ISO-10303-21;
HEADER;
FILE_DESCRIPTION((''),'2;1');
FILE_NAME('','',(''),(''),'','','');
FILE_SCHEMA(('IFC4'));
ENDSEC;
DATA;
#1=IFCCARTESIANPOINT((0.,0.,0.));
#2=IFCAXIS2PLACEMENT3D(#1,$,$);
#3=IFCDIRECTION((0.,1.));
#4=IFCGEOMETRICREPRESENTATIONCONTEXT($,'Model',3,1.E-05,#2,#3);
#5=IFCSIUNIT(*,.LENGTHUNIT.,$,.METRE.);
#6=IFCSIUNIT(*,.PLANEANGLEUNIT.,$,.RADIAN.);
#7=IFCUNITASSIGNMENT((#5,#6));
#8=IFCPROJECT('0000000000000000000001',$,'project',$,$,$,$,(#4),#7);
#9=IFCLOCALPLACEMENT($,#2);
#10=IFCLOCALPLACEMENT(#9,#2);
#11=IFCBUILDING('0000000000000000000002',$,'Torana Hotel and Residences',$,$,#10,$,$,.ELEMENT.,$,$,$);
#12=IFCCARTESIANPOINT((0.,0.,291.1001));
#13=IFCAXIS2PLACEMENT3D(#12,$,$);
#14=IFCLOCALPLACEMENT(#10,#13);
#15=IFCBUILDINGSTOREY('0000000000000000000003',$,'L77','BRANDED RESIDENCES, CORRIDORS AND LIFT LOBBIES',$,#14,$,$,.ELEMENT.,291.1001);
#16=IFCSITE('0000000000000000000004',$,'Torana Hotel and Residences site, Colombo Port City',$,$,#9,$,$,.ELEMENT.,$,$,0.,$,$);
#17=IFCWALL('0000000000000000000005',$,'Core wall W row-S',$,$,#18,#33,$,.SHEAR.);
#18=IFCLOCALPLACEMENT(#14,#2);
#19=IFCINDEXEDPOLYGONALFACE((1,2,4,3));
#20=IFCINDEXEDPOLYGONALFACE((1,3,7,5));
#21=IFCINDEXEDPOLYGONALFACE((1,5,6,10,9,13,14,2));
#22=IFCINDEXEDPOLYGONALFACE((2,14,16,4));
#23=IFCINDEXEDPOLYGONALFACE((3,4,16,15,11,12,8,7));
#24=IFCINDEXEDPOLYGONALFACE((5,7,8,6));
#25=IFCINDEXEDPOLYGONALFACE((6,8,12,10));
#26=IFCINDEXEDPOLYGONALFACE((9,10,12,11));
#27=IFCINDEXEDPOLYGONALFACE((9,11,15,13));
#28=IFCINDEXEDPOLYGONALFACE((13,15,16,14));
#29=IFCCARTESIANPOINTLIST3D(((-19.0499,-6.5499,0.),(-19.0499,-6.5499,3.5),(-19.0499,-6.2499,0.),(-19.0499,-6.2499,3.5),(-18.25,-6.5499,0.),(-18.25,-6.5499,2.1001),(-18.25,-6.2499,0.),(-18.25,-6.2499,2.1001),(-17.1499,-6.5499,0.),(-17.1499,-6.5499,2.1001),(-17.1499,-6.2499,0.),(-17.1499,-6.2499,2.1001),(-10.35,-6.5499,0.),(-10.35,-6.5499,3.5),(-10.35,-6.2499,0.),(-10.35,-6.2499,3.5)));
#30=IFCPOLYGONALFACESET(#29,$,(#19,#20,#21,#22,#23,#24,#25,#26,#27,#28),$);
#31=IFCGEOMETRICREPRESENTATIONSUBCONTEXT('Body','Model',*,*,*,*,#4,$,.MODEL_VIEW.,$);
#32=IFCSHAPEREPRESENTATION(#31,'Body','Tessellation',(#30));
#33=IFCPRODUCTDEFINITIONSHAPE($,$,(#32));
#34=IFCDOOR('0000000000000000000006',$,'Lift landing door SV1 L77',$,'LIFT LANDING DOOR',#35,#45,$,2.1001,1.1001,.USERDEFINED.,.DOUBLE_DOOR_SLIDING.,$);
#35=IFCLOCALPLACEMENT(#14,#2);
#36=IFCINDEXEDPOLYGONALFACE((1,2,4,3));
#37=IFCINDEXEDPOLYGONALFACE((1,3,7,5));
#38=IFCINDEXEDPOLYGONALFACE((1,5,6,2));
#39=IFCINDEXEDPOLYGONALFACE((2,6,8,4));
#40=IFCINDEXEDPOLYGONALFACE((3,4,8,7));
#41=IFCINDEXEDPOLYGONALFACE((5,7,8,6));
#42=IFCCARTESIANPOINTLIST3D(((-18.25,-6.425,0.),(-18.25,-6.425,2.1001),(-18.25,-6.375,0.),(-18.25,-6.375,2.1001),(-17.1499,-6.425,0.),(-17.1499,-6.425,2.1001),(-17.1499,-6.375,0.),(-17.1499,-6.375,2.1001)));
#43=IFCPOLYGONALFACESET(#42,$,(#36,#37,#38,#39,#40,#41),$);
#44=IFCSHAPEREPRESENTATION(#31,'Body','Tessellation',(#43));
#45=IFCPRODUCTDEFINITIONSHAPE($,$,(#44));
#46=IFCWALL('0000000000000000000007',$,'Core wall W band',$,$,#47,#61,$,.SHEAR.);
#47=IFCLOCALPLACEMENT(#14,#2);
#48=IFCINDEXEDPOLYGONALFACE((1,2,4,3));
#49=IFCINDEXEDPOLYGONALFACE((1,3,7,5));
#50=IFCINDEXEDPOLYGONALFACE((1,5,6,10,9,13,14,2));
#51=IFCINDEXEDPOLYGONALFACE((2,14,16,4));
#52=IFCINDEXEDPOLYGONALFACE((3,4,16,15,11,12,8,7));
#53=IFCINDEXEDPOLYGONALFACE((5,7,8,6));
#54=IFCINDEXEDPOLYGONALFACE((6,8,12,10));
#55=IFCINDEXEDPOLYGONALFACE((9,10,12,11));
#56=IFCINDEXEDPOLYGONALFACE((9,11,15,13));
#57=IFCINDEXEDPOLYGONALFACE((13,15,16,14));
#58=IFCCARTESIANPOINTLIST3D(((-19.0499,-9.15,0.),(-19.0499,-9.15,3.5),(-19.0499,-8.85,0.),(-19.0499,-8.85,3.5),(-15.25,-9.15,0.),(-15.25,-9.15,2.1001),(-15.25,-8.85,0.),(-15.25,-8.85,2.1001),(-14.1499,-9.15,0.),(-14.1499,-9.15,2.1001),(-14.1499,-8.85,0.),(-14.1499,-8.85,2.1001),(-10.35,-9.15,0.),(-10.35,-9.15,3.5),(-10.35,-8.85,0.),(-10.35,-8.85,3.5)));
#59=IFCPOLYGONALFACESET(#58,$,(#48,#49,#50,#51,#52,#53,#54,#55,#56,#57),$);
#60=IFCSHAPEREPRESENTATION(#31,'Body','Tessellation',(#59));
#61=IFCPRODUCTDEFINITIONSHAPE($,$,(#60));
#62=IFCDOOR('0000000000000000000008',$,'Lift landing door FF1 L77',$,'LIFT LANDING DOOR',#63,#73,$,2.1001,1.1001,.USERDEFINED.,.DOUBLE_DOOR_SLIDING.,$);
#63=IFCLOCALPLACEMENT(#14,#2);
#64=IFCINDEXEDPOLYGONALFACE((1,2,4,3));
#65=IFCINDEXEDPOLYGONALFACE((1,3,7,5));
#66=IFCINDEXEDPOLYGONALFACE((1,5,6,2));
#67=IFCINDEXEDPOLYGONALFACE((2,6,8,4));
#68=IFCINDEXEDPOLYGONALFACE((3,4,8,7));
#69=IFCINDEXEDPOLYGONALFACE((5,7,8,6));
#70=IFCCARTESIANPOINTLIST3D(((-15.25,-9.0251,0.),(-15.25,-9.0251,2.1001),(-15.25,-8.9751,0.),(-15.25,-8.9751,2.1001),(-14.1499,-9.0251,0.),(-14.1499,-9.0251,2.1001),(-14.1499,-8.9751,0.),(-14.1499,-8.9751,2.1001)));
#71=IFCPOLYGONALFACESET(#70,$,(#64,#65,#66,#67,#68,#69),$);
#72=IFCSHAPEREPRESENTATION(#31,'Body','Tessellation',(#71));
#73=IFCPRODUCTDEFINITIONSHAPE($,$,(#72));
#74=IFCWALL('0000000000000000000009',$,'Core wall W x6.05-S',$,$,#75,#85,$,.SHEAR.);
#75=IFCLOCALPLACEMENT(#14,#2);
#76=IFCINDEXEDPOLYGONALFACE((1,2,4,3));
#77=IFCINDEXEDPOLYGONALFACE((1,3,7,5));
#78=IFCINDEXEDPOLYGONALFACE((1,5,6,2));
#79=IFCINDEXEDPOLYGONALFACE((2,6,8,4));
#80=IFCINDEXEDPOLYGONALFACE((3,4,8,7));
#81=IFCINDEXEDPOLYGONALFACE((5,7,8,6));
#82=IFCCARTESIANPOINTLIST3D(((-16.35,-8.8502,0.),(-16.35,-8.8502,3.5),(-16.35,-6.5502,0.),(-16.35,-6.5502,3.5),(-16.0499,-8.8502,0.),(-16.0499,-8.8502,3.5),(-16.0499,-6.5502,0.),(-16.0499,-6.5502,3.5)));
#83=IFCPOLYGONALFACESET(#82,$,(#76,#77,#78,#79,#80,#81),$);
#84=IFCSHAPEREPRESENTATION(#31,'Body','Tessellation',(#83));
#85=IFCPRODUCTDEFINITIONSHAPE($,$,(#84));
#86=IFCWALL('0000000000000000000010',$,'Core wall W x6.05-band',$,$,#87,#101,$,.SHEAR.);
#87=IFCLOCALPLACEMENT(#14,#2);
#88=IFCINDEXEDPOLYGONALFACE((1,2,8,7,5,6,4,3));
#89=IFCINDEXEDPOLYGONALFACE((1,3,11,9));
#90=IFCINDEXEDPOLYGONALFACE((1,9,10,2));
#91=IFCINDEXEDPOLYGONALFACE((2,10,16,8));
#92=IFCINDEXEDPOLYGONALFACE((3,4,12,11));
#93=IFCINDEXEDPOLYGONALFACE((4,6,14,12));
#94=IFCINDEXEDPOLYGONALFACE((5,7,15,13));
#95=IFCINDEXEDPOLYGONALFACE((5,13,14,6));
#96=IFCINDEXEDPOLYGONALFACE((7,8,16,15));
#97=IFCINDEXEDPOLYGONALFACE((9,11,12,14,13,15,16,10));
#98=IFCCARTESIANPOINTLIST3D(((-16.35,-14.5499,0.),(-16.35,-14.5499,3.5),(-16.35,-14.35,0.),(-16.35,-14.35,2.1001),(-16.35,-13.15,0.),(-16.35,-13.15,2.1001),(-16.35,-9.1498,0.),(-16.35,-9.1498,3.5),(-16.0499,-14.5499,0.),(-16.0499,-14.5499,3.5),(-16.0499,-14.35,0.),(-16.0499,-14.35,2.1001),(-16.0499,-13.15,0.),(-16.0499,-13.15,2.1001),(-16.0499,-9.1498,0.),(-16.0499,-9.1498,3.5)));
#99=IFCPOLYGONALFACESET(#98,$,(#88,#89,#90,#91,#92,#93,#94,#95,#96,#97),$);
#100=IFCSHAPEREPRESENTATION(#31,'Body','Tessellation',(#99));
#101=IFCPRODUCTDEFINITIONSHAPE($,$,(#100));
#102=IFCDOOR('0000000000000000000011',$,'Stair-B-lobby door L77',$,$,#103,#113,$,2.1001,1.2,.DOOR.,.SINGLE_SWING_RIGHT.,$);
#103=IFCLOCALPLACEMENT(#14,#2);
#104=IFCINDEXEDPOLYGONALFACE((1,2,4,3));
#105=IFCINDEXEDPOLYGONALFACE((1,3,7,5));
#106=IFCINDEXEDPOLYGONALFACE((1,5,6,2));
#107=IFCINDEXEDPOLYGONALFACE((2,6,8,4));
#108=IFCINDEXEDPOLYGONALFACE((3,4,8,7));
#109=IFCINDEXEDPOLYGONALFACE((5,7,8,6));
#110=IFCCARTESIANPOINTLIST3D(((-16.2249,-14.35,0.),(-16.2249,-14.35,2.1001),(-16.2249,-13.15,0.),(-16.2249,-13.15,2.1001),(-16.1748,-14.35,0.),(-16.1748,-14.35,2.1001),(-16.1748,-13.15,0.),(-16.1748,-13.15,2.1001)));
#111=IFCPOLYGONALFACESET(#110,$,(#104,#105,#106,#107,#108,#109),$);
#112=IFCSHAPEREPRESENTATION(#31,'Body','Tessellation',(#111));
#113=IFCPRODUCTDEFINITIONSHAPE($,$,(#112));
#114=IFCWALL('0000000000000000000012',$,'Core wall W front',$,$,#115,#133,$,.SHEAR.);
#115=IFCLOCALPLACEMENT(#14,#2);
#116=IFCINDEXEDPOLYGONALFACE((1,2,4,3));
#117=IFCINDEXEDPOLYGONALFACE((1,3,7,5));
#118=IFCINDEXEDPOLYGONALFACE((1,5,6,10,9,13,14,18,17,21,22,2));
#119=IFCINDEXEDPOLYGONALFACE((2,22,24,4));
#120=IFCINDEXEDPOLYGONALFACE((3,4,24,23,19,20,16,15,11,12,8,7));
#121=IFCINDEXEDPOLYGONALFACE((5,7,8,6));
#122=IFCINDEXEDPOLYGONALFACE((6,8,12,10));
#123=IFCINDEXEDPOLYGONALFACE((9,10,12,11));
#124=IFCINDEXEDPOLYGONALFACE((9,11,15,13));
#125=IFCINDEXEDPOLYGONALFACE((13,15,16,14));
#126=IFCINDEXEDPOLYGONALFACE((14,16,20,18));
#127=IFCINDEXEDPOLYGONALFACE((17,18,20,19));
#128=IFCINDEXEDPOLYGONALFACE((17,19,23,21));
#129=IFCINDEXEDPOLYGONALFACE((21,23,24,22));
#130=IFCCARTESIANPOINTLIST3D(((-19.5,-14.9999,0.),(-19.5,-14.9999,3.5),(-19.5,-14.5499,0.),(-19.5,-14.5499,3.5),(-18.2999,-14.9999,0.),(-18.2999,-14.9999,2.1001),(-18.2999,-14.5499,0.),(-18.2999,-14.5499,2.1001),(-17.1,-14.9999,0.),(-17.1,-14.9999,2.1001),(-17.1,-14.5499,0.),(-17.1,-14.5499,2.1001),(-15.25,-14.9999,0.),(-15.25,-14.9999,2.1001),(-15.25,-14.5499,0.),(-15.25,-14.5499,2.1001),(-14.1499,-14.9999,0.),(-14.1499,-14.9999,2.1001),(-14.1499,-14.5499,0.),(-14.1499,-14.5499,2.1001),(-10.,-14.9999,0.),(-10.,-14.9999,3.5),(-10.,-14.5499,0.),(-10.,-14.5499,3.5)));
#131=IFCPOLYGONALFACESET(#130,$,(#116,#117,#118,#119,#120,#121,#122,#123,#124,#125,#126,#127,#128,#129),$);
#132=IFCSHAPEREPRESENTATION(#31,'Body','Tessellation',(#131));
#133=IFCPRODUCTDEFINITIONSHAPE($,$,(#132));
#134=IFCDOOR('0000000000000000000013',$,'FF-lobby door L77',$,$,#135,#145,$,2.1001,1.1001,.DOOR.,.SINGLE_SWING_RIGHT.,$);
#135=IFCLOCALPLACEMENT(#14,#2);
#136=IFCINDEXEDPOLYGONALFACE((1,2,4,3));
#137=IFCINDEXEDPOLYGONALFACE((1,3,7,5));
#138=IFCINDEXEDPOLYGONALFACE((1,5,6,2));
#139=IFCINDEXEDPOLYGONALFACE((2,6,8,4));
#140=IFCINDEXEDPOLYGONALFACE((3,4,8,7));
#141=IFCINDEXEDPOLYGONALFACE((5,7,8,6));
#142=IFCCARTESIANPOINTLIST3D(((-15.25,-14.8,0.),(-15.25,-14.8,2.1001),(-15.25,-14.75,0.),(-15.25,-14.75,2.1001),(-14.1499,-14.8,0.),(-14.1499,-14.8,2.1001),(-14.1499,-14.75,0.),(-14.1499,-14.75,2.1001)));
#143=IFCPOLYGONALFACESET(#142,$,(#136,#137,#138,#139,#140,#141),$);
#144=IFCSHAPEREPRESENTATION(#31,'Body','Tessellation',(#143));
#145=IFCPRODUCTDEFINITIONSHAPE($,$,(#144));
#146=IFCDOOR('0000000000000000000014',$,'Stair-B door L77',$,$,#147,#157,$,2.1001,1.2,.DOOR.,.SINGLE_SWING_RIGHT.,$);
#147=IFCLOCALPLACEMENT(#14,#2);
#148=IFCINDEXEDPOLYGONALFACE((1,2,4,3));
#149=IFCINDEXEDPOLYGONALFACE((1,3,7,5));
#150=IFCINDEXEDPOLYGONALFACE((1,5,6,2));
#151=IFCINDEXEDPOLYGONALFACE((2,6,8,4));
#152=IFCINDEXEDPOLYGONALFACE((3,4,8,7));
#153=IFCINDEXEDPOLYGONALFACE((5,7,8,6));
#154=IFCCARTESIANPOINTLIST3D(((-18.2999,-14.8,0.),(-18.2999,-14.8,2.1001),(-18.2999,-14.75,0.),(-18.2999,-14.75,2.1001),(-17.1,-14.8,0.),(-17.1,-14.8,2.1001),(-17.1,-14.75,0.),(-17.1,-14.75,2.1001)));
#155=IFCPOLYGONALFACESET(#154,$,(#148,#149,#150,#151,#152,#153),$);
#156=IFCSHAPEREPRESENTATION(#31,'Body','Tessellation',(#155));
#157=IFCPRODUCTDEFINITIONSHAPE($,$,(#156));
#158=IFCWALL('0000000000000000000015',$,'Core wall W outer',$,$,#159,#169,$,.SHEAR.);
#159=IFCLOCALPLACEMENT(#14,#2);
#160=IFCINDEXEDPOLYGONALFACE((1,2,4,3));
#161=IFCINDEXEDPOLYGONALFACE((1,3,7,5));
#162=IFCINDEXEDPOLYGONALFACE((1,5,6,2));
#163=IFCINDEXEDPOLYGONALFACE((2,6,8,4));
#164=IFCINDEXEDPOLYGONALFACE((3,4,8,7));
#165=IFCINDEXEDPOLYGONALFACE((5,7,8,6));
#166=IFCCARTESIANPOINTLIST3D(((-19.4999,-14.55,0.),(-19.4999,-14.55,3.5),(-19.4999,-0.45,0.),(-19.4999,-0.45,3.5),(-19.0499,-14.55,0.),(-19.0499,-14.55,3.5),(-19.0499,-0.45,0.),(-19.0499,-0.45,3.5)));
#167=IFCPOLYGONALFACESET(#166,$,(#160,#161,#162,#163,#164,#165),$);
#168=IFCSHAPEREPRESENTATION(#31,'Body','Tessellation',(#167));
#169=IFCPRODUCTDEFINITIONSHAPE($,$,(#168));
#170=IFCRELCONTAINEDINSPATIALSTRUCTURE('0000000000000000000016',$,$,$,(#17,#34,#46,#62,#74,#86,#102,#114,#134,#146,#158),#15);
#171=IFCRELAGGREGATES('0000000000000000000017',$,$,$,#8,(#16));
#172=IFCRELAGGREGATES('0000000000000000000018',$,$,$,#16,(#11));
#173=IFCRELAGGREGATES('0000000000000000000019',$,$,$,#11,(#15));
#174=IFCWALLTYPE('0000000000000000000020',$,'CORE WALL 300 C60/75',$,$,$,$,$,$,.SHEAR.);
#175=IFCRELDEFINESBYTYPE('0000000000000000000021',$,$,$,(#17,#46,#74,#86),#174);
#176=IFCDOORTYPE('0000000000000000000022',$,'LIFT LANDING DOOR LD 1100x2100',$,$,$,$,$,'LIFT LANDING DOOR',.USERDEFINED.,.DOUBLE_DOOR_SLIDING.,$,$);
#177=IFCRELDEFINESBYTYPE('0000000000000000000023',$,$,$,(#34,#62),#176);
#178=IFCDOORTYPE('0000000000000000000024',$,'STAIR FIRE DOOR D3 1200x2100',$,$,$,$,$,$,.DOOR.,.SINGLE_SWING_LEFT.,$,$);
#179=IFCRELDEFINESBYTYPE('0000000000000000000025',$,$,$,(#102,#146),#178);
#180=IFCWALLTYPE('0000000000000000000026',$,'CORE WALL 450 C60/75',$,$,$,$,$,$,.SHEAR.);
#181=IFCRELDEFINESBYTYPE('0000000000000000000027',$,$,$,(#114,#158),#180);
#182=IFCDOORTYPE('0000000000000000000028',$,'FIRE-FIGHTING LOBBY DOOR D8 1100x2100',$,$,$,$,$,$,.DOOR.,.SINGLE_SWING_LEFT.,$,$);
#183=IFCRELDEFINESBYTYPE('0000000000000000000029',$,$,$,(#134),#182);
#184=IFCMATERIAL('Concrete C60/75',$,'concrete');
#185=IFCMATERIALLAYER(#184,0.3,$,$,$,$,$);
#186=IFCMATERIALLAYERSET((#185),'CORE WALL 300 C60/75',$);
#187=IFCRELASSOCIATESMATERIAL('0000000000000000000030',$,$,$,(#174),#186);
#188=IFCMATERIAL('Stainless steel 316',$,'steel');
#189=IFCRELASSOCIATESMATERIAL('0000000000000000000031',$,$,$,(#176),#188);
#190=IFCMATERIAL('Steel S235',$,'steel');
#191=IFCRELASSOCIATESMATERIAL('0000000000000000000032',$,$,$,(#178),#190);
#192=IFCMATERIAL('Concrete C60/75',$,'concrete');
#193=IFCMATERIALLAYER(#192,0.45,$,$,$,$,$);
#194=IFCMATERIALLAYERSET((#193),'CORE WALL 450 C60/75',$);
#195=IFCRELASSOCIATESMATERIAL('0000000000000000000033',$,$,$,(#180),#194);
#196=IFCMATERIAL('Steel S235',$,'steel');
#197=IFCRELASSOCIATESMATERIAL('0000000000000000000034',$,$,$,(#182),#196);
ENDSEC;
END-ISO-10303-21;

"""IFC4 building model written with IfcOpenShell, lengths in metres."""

from ifc_helpers import new_model, si_unit, direction, frame, frame_2d, origin, place, context, subcontext, project, spatial, rectangle, extrude, material, layer, layer_set, type_object, element, fill, save


model = new_model("IFC4")

# Units and contexts
model_context = context("Model", 3, precision=1e-05, world=origin(), true_north=direction((0.0, 1.0)))
body_context = subcontext(model_context, "Body", "Model", "MODEL_VIEW")
ifc_project = project(units=[si_unit("LENGTHUNIT", "METRE"), si_unit("PLANEANGLEUNIT", "RADIAN")], contexts=[model_context])

# Site, building, storey
site_placement = place(None, origin())
site = spatial("IfcSite", under=ifc_project, at=site_placement, Name="Torana Hotel and Residences site, Colombo Port City", CompositionType="ELEMENT", RefElevation=0.0)
building_placement = place(site_placement, origin())
building = spatial("IfcBuilding", under=site, at=building_placement, Name="Torana Hotel and Residences", CompositionType="ELEMENT")
storey_placement = place(building_placement, frame((0.0, 0.0, 291.1001)))
storey = spatial("IfcBuildingStorey", under=building, at=storey_placement, Name="L77", Description="BRANDED RESIDENCES, CORRIDORS AND LIFT LOBBIES", CompositionType="ELEMENT", Elevation=291.1001)

# Walls, openings, doors
ifc_material_1 = material(Name="Concrete C60/75", Category="concrete")
ifc_layer_1 = layer(ifc_material_1, 0.3)
ifc_layer_set_1 = layer_set([ifc_layer_1], Name="CORE WALL 300 C60/75")
wall_type_1 = type_object("IfcWallType", Name="CORE WALL 300 C60/75", PredefinedType="SHEAR", material=ifc_layer_set_1)
wall_1_placement = place(storey_placement, frame((-19.05, -6.3999, 0.0), z_axis=(0.0, 0.0, 1.0), x_axis=(1.0, 0.0, 0.0)))
wall_1 = element("IfcWall", 1, at=wall_1_placement, inside=storey, type_object=wall_type_1, Name="Core wall W row-S", PredefinedType="SHEAR", context=body_context, shape_type="SweptSolid", body=[
    extrude(rectangle(XDim=8.7, YDim=0.3, at=frame_2d((4.3501, 0.0))), origin(), (0.0, 0.0, 1.0), 3.5),
])
opening_1_placement = place(wall_1_placement, frame((0.8, 0.0, 0.0)))
opening_1 = element("IfcOpeningElement", 2, at=opening_1_placement, cuts=wall_1, PredefinedType="OPENING", context=body_context, shape_type="SweptSolid", body=[
    extrude(rectangle(XDim=1.1001, YDim=2.1001, at=frame_2d((0.55, 1.05))), frame((0.0, 0.1599, 0.0), z_axis=(0.0, -1.0, 0.0), x_axis=(1.0, 0.0, 0.0)), (0.0, 0.0, 1.0), 0.3201),
])
ifc_material_2 = material(Name="Stainless steel 316", Category="steel")
door_type_1 = type_object("IfcDoorType", Name="LIFT LANDING DOOR LD 1100x2100", ElementType="LIFT LANDING DOOR", OperationType="DOUBLE_DOOR_SLIDING", PredefinedType="USERDEFINED", material=ifc_material_2)
door_1_placement = place(opening_1_placement, origin())
door_1 = element("IfcDoor", 3, at=door_1_placement, inside=storey, type_object=door_type_1, Name="Lift landing door SV1 L77", ObjectType="LIFT LANDING DOOR", OperationType="DOUBLE_DOOR_SLIDING", OverallHeight=2.1001, OverallWidth=1.1001, PredefinedType="USERDEFINED", context=body_context, shape_type="SweptSolid", body=[
    extrude(rectangle(XDim=1.1001, YDim=2.1001, at=frame_2d((0.55, 1.05))), frame((0.0, 0.0249, 0.0), z_axis=(0.0, -1.0, 0.0), x_axis=(1.0, 0.0, 0.0)), (0.0, 0.0, 1.0), 0.05),
])
fill(opening_1, door_1)
wall_2_placement = place(storey_placement, frame((-19.05, -9.0, 0.0), z_axis=(0.0, 0.0, 1.0), x_axis=(1.0, 0.0, 0.0)))
wall_2 = element("IfcWall", 4, at=wall_2_placement, inside=storey, type_object=wall_type_1, Name="Core wall W band", PredefinedType="SHEAR", context=body_context, shape_type="SweptSolid", body=[
    extrude(rectangle(XDim=8.7, YDim=0.3, at=frame_2d((4.3501, 0.0))), origin(), (0.0, 0.0, 1.0), 3.5),
])
opening_2_placement = place(wall_2_placement, frame((3.8, 0.0, 0.0)))
opening_2 = element("IfcOpeningElement", 5, at=opening_2_placement, cuts=wall_2, PredefinedType="OPENING", context=body_context, shape_type="SweptSolid", body=[
    extrude(rectangle(XDim=1.1001, YDim=2.1001, at=frame_2d((0.55, 1.05))), frame((0.0, 0.1599, 0.0), z_axis=(0.0, -1.0, 0.0), x_axis=(1.0, 0.0, 0.0)), (0.0, 0.0, 1.0), 0.3201),
])
door_2_placement = place(opening_2_placement, origin())
door_2 = element("IfcDoor", 6, at=door_2_placement, inside=storey, type_object=door_type_1, Name="Lift landing door FF1 L77", ObjectType="LIFT LANDING DOOR", OperationType="DOUBLE_DOOR_SLIDING", OverallHeight=2.1001, OverallWidth=1.1001, PredefinedType="USERDEFINED", context=body_context, shape_type="SweptSolid", body=[
    extrude(rectangle(XDim=1.1001, YDim=2.1001, at=frame_2d((0.55, 1.05))), frame((0.0, 0.0249, 0.0), z_axis=(0.0, -1.0, 0.0), x_axis=(1.0, 0.0, 0.0)), (0.0, 0.0, 1.0), 0.05),
])
fill(opening_2, door_2)

# Wall
wall_3_placement = place(storey_placement, frame((-16.2, -8.8501, 0.0), z_axis=(0.0, 0.0, 1.0), x_axis=(0.0, 1.0, 0.0)))
element("IfcWall", 7, at=wall_3_placement, inside=storey, type_object=wall_type_1, Name="Core wall W x6.05-S", PredefinedType="SHEAR", context=body_context, shape_type="SweptSolid", body=[
    extrude(rectangle(XDim=2.3, YDim=0.3, at=frame_2d((1.1499, 0.0))), origin(), (0.0, 0.0, 1.0), 3.5),
])

# Wall, opening, door
wall_4_placement = place(storey_placement, frame((-16.2, -14.55, 0.0), z_axis=(0.0, 0.0, 1.0), x_axis=(0.0, 1.0, 0.0)))
wall_4 = element("IfcWall", 8, at=wall_4_placement, inside=storey, type_object=wall_type_1, Name="Core wall W x6.05-band", PredefinedType="SHEAR", context=body_context, shape_type="SweptSolid", body=[
    extrude(rectangle(XDim=5.4001, YDim=0.3, at=frame_2d((2.7002, 0.0))), origin(), (0.0, 0.0, 1.0), 3.5),
])
opening_3_placement = place(wall_4_placement, frame((0.2, 0.0, 0.0)))
opening_3 = element("IfcOpeningElement", 9, at=opening_3_placement, cuts=wall_4, PredefinedType="OPENING", context=body_context, shape_type="SweptSolid", body=[
    extrude(rectangle(XDim=1.2, YDim=2.1001, at=frame_2d((0.6001, 1.05))), frame((0.0, 0.1599, 0.0), z_axis=(0.0, -1.0, 0.0), x_axis=(1.0, 0.0, 0.0)), (0.0, 0.0, 1.0), 0.3201),
])
ifc_material_3 = material(Name="Steel S235", Category="steel")
door_type_2 = type_object("IfcDoorType", Name="STAIR FIRE DOOR D3 1200x2100", OperationType="SINGLE_SWING_LEFT", PredefinedType="DOOR", material=ifc_material_3)
door_3_placement = place(opening_3_placement, origin())
door_3 = element("IfcDoor", 10, at=door_3_placement, inside=storey, type_object=door_type_2, Name="Stair-B-lobby door L77", OperationType="SINGLE_SWING_RIGHT", OverallHeight=2.1001, OverallWidth=1.2, PredefinedType="DOOR", context=body_context, shape_type="SweptSolid", body=[
    extrude(rectangle(XDim=1.2, YDim=2.1001, at=frame_2d((0.6001, 1.05))), frame((0.0, 0.0249, 0.0), z_axis=(0.0, -1.0, 0.0), x_axis=(1.0, 0.0, 0.0)), (0.0, 0.0, 1.0), 0.05),
])
fill(opening_3, door_3)

# Wall, openings, doors
ifc_material_4 = material(Name="Concrete C60/75", Category="concrete")
ifc_layer_2 = layer(ifc_material_4, 0.45)
ifc_layer_set_2 = layer_set([ifc_layer_2], Name="CORE WALL 450 C60/75")
wall_type_2 = type_object("IfcWallType", Name="CORE WALL 450 C60/75", PredefinedType="SHEAR", material=ifc_layer_set_2)
wall_5_placement = place(storey_placement, frame((-19.5, -14.7749, 0.0), z_axis=(0.0, 0.0, 1.0), x_axis=(1.0, 0.0, 0.0)))
wall_5 = element("IfcWall", 11, at=wall_5_placement, inside=storey, type_object=wall_type_2, Name="Core wall W front", PredefinedType="SHEAR", context=body_context, shape_type="SweptSolid", body=[
    extrude(rectangle(XDim=9.5, YDim=0.45, at=frame_2d((4.75, 0.0))), origin(), (0.0, 0.0, 1.0), 3.5),
])
opening_4_placement = place(wall_5_placement, frame((1.2, 0.0, 0.0)))
opening_4 = element("IfcOpeningElement", 12, at=opening_4_placement, cuts=wall_5, PredefinedType="OPENING", context=body_context, shape_type="SweptSolid", body=[
    extrude(rectangle(XDim=1.2, YDim=2.1001, at=frame_2d((0.6001, 1.05))), frame((0.0, 0.2349, 0.0), z_axis=(0.0, -1.0, 0.0), x_axis=(1.0, 0.0, 0.0)), (0.0, 0.0, 1.0), 0.47),
])
opening_5_placement = place(wall_5_placement, frame((4.25, 0.0, 0.0)))
opening_5 = element("IfcOpeningElement", 13, at=opening_5_placement, cuts=wall_5, PredefinedType="OPENING", context=body_context, shape_type="SweptSolid", body=[
    extrude(rectangle(XDim=1.1001, YDim=2.1001, at=frame_2d((0.55, 1.05))), frame((0.0, 0.2349, 0.0), z_axis=(0.0, -1.0, 0.0), x_axis=(1.0, 0.0, 0.0)), (0.0, 0.0, 1.0), 0.47),
])
ifc_material_5 = material(Name="Steel S235", Category="steel")
door_type_3 = type_object("IfcDoorType", Name="FIRE-FIGHTING LOBBY DOOR D8 1100x2100", OperationType="SINGLE_SWING_LEFT", PredefinedType="DOOR", material=ifc_material_5)
door_4_placement = place(opening_5_placement, origin())
door_4 = element("IfcDoor", 14, at=door_4_placement, inside=storey, type_object=door_type_3, Name="FF-lobby door L77", OperationType="SINGLE_SWING_RIGHT", OverallHeight=2.1001, OverallWidth=1.1001, PredefinedType="DOOR", context=body_context, shape_type="SweptSolid", body=[
    extrude(rectangle(XDim=1.1001, YDim=2.1001, at=frame_2d((0.55, 1.05))), frame((0.0, 0.0249, 0.0), z_axis=(0.0, -1.0, 0.0), x_axis=(1.0, 0.0, 0.0)), (0.0, 0.0, 1.0), 0.05),
])
fill(opening_5, door_4)
door_5_placement = place(opening_4_placement, origin())
door_5 = element("IfcDoor", 15, at=door_5_placement, inside=storey, type_object=door_type_2, Name="Stair-B door L77", OperationType="SINGLE_SWING_RIGHT", OverallHeight=2.1001, OverallWidth=1.2, PredefinedType="DOOR", context=body_context, shape_type="SweptSolid", body=[
    extrude(rectangle(XDim=1.2, YDim=2.1001, at=frame_2d((0.6001, 1.05))), frame((0.0, 0.0249, 0.0), z_axis=(0.0, -1.0, 0.0), x_axis=(1.0, 0.0, 0.0)), (0.0, 0.0, 1.0), 0.05),
])
fill(opening_4, door_5)

# Wall
wall_6_placement = place(storey_placement, frame((-19.2749, -14.55, 0.0), z_axis=(0.0, 0.0, 1.0), x_axis=(0.0, 1.0, 0.0)))
element("IfcWall", 16, at=wall_6_placement, inside=storey, type_object=wall_type_2, Name="Core wall W outer", PredefinedType="SHEAR", context=body_context, shape_type="SweptSolid", body=[
    extrude(rectangle(XDim=14.1001, YDim=0.45, at=frame_2d((7.05, 0.0))), origin(), (0.0, 0.0, 1.0), 3.5),
])

save(model, "model.ifc")
